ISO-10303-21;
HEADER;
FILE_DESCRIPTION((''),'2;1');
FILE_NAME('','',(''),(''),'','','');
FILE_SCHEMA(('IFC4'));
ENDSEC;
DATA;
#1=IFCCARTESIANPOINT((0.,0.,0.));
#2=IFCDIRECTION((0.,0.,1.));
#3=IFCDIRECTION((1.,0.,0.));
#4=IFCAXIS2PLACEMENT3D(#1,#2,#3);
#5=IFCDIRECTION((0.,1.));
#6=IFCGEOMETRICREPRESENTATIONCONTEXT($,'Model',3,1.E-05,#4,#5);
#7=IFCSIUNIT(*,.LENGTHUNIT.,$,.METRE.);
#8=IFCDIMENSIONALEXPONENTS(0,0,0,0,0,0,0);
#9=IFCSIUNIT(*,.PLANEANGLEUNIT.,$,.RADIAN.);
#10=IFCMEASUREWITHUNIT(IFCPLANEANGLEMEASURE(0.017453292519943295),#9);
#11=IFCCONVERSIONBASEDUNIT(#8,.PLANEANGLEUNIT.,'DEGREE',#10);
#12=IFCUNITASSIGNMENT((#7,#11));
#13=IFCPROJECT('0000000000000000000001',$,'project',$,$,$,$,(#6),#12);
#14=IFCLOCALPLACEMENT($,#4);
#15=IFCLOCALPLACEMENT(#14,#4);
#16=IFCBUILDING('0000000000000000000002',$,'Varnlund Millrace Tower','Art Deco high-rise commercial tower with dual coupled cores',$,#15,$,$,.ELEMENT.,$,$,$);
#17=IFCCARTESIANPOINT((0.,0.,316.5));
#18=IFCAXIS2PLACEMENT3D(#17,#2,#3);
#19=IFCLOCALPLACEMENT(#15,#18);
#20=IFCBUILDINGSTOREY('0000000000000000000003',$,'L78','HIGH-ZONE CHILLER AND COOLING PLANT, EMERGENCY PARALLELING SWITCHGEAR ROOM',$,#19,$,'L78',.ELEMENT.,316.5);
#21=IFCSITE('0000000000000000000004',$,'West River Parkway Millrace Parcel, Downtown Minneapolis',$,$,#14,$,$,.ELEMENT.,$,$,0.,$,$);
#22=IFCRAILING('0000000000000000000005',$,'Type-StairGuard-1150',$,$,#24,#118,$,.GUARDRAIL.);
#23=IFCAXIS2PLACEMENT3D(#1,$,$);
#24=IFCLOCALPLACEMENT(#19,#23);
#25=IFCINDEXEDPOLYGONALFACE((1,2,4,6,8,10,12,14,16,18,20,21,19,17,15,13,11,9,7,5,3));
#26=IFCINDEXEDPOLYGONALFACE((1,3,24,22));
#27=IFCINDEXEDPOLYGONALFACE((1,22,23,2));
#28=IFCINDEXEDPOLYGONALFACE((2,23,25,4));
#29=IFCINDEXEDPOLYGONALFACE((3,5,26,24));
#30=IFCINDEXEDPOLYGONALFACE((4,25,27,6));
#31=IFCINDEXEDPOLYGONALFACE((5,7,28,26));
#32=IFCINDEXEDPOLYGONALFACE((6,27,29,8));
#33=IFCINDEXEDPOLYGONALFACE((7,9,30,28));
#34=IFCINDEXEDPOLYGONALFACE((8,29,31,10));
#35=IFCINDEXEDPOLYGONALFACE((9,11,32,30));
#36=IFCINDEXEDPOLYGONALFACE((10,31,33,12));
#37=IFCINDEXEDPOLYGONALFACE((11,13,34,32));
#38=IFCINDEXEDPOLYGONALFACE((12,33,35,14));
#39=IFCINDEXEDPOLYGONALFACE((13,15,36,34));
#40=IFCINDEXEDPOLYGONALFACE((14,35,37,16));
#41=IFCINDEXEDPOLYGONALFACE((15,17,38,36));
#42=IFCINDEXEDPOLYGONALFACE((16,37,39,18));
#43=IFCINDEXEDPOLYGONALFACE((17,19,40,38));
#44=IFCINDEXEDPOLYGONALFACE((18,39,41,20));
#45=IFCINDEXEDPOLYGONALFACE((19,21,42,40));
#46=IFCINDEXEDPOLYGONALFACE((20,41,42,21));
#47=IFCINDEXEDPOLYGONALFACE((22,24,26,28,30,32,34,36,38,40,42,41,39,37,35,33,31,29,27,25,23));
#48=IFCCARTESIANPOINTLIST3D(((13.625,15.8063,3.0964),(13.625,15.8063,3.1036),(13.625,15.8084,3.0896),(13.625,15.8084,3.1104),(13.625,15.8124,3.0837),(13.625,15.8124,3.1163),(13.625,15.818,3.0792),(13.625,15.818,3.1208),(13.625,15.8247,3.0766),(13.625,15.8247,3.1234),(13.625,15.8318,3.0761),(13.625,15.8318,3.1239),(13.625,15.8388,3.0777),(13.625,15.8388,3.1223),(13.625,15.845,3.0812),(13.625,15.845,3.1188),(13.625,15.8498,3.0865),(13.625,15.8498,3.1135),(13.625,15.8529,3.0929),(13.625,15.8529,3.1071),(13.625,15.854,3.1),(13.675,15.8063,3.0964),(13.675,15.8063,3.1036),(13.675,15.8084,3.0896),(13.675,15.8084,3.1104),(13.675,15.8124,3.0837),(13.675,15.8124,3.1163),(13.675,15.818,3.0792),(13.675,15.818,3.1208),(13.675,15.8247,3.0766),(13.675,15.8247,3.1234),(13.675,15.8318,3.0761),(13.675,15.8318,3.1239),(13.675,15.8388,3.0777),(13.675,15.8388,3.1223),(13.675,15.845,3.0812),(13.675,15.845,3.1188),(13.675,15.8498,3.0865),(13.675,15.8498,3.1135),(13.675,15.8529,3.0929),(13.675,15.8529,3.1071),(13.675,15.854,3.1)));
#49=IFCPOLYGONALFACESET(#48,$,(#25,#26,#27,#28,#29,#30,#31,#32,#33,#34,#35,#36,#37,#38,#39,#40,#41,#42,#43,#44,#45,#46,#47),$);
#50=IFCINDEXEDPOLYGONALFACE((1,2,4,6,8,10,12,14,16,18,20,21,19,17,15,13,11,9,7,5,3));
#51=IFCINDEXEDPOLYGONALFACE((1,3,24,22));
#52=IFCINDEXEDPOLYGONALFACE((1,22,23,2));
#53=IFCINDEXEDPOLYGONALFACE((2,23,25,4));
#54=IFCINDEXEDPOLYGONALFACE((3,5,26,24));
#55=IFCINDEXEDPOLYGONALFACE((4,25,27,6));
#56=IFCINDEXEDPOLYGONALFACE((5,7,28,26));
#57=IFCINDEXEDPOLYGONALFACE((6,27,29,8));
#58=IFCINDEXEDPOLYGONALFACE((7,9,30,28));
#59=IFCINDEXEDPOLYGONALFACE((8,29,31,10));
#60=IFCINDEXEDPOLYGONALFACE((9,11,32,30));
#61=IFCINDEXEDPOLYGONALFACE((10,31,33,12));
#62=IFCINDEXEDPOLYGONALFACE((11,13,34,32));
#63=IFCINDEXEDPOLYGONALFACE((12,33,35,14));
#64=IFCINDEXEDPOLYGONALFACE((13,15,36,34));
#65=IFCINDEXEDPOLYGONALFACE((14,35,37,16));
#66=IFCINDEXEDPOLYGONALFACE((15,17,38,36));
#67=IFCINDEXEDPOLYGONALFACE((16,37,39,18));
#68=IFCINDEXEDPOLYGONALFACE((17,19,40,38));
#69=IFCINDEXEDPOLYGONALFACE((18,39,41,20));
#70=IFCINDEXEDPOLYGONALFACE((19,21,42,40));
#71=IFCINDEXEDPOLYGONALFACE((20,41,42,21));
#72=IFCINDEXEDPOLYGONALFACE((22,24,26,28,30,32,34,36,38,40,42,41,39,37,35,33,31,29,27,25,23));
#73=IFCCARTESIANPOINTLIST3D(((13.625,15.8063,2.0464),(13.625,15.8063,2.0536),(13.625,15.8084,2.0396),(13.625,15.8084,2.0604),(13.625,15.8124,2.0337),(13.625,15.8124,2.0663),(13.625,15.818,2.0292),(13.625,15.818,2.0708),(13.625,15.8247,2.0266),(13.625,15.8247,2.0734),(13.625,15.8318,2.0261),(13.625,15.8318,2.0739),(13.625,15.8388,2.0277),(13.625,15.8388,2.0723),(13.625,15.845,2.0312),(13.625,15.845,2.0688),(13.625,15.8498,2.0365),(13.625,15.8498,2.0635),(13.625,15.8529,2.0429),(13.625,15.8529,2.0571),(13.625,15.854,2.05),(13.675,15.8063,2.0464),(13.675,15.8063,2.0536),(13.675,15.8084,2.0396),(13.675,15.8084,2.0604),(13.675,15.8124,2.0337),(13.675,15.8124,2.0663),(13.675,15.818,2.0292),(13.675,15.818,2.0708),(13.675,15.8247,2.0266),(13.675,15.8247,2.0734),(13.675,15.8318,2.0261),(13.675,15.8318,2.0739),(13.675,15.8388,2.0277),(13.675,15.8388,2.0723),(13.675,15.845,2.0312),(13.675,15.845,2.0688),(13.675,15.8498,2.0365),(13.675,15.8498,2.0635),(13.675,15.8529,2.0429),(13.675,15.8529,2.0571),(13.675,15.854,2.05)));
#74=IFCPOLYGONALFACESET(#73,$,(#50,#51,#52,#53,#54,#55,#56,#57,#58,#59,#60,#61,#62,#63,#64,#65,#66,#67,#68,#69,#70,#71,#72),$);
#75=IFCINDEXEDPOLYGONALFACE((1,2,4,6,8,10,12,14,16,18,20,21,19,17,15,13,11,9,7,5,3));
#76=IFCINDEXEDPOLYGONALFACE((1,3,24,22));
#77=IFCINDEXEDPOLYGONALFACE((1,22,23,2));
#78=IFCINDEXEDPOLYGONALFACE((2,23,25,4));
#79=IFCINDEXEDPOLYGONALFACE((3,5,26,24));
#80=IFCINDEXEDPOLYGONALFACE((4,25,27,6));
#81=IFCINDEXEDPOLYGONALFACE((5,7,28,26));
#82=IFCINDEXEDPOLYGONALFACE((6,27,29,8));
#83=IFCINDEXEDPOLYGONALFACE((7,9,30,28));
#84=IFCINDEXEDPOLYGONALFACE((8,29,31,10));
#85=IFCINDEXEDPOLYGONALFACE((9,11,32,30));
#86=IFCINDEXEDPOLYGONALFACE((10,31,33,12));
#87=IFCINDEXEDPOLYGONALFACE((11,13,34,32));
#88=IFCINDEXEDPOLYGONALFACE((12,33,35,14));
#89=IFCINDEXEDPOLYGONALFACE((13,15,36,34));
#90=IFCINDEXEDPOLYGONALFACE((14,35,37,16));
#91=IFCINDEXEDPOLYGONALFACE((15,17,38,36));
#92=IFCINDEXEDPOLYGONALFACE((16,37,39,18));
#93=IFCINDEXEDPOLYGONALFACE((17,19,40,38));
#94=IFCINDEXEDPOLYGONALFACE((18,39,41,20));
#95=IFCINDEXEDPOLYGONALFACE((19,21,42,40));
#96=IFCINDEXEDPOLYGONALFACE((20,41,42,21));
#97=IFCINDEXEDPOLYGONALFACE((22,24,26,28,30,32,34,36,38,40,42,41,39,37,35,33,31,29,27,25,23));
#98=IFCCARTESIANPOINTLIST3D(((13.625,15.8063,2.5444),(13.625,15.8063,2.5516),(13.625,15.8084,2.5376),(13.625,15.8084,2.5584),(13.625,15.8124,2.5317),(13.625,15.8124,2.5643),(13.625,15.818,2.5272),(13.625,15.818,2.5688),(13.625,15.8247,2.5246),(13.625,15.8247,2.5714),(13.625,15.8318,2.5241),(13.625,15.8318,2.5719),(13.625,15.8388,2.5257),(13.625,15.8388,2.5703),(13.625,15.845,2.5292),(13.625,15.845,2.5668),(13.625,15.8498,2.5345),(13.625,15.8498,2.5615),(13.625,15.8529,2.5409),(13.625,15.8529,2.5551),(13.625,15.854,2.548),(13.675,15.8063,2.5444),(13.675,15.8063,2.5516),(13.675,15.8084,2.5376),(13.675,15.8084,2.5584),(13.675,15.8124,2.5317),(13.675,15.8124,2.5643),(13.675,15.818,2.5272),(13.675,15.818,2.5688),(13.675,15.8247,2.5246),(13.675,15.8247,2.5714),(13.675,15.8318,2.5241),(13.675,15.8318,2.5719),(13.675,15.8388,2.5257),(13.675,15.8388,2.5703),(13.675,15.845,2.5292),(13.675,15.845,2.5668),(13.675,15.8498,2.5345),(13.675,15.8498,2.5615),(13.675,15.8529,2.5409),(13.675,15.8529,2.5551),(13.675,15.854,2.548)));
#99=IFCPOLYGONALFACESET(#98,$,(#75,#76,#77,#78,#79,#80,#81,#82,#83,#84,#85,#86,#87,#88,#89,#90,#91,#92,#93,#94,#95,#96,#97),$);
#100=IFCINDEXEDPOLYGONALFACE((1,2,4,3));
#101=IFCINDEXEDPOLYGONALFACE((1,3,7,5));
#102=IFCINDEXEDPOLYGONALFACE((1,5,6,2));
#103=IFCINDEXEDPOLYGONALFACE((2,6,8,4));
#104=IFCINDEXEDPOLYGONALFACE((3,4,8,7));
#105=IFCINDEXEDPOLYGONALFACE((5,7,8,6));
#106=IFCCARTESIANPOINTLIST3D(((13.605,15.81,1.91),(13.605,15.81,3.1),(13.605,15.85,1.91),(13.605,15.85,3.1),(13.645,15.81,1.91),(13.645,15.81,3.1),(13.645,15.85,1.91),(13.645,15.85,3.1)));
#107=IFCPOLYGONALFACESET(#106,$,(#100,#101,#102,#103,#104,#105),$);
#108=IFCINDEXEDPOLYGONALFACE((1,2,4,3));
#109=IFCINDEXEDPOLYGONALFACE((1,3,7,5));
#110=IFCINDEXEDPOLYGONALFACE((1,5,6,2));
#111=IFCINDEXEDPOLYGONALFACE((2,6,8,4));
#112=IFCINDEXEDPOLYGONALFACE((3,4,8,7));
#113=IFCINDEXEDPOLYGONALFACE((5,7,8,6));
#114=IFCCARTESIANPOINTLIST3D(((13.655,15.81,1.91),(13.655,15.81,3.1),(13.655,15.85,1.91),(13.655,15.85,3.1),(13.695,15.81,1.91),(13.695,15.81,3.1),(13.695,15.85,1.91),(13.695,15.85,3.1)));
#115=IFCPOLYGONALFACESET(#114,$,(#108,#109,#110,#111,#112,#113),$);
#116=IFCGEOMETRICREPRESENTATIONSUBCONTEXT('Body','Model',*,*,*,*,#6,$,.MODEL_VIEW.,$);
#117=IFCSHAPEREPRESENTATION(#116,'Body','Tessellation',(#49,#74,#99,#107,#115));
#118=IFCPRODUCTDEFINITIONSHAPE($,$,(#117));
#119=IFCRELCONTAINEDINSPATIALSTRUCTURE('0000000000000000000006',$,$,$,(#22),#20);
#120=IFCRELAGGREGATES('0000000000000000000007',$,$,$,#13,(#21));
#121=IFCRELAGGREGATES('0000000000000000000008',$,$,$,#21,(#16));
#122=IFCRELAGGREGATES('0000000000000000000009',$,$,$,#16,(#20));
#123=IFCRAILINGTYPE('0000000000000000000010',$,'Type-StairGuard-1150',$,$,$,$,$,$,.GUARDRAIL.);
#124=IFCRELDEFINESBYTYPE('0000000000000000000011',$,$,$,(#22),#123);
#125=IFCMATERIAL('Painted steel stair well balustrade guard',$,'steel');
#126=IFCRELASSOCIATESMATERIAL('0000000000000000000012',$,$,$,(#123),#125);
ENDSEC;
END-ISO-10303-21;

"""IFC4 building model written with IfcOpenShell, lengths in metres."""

from ifc_helpers import new_model, entity, si_unit, converted_unit, direction, frame, origin_with_axes, origin_2d_with_axis, place, context, subcontext, project, spatial, rectangle, circle, extrude, material, type_object, element, save


model = new_model("IFC4")

# Units and contexts
model_context = context("Model", 3, precision=1e-05, world=origin_with_axes(), true_north=direction((0.0, 1.0)))
body_context = subcontext(model_context, "Body", "Model", "MODEL_VIEW")
ifc_project = project(units=[si_unit("LENGTHUNIT", "METRE"), converted_unit("PLANEANGLEUNIT", "DEGREE", entity("IfcPlaneAngleMeasure", 0.017453292519943295), si_unit("PLANEANGLEUNIT", "RADIAN"), dimensions=[0, 0, 0, 0, 0, 0, 0])], contexts=[model_context])

# Site, building, storey
site_placement = place(None, origin_with_axes())
site = spatial("IfcSite", under=ifc_project, at=site_placement, Name="West River Parkway Millrace Parcel, Downtown Minneapolis", CompositionType="ELEMENT", RefElevation=0.0)
building_placement = place(site_placement, origin_with_axes())
building = spatial("IfcBuilding", under=site, at=building_placement, Name="Varnlund Millrace Tower", Description="Art Deco high-rise commercial tower with dual coupled cores", CompositionType="ELEMENT")
storey_placement = place(building_placement, frame((0.0, 0.0, 316.5), z_axis=(0.0, 0.0, 1.0), x_axis=(1.0, 0.0, 0.0)))
storey = spatial("IfcBuildingStorey", under=building, at=storey_placement, Name="L78", Description="HIGH-ZONE CHILLER AND COOLING PLANT, EMERGENCY PARALLELING SWITCHGEAR ROOM", LongName="L78", CompositionType="ELEMENT", Elevation=316.5)

# Railing
ifc_material_1 = material(Name="Painted steel stair well balustrade guard", Category="steel")
railing_type_1 = type_object("IfcRailingType", Name="Type-StairGuard-1150", PredefinedType="GUARDRAIL", material=ifc_material_1)
railing_1_placement = place(storey_placement, frame((0.0, 0.0, -316.5), z_axis=(0.0, 0.0, 1.0), x_axis=(1.0, 0.0, 0.0)))
element("IfcRailing", 1, at=railing_1_placement, inside=storey, type_object=railing_type_1, Name="Type-StairGuard-1150", PredefinedType="GUARDRAIL", context=body_context, shape_type="SweptSolid", body=[
    extrude(circle(Radius=0.024, at=origin_2d_with_axis()), frame((13.625, 15.83, 319.6), z_axis=(1.0, 0.0, 0.0), x_axis=(0.0, 1.0, 0.0)), (0.0, 0.0, 1.0), 0.05),
    extrude(circle(Radius=0.024, at=origin_2d_with_axis()), frame((13.625, 15.83, 318.55), z_axis=(1.0, 0.0, 0.0), x_axis=(0.0, 1.0, 0.0)), (0.0, 0.0, 1.0), 0.05),
    extrude(circle(Radius=0.024, at=origin_2d_with_axis()), frame((13.625, 15.83, 319.048), z_axis=(1.0, 0.0, 0.0), x_axis=(0.0, 1.0, 0.0)), (0.0, 0.0, 1.0), 0.05),
    extrude(rectangle(XDim=0.04, YDim=0.04, at=origin_2d_with_axis()), frame((13.625, 15.83, 318.41), z_axis=(0.0, 0.0, 1.0), x_axis=(1.0, 0.0, 0.0)), (0.0, 0.0, 1.0), 1.19),
    extrude(rectangle(XDim=0.04, YDim=0.04, at=origin_2d_with_axis()), frame((13.675, 15.83, 318.41), z_axis=(0.0, 0.0, 1.0), x_axis=(1.0, 0.0, 0.0)), (0.0, 0.0, 1.0), 1.19),
])

save(model, "model.ifc")
